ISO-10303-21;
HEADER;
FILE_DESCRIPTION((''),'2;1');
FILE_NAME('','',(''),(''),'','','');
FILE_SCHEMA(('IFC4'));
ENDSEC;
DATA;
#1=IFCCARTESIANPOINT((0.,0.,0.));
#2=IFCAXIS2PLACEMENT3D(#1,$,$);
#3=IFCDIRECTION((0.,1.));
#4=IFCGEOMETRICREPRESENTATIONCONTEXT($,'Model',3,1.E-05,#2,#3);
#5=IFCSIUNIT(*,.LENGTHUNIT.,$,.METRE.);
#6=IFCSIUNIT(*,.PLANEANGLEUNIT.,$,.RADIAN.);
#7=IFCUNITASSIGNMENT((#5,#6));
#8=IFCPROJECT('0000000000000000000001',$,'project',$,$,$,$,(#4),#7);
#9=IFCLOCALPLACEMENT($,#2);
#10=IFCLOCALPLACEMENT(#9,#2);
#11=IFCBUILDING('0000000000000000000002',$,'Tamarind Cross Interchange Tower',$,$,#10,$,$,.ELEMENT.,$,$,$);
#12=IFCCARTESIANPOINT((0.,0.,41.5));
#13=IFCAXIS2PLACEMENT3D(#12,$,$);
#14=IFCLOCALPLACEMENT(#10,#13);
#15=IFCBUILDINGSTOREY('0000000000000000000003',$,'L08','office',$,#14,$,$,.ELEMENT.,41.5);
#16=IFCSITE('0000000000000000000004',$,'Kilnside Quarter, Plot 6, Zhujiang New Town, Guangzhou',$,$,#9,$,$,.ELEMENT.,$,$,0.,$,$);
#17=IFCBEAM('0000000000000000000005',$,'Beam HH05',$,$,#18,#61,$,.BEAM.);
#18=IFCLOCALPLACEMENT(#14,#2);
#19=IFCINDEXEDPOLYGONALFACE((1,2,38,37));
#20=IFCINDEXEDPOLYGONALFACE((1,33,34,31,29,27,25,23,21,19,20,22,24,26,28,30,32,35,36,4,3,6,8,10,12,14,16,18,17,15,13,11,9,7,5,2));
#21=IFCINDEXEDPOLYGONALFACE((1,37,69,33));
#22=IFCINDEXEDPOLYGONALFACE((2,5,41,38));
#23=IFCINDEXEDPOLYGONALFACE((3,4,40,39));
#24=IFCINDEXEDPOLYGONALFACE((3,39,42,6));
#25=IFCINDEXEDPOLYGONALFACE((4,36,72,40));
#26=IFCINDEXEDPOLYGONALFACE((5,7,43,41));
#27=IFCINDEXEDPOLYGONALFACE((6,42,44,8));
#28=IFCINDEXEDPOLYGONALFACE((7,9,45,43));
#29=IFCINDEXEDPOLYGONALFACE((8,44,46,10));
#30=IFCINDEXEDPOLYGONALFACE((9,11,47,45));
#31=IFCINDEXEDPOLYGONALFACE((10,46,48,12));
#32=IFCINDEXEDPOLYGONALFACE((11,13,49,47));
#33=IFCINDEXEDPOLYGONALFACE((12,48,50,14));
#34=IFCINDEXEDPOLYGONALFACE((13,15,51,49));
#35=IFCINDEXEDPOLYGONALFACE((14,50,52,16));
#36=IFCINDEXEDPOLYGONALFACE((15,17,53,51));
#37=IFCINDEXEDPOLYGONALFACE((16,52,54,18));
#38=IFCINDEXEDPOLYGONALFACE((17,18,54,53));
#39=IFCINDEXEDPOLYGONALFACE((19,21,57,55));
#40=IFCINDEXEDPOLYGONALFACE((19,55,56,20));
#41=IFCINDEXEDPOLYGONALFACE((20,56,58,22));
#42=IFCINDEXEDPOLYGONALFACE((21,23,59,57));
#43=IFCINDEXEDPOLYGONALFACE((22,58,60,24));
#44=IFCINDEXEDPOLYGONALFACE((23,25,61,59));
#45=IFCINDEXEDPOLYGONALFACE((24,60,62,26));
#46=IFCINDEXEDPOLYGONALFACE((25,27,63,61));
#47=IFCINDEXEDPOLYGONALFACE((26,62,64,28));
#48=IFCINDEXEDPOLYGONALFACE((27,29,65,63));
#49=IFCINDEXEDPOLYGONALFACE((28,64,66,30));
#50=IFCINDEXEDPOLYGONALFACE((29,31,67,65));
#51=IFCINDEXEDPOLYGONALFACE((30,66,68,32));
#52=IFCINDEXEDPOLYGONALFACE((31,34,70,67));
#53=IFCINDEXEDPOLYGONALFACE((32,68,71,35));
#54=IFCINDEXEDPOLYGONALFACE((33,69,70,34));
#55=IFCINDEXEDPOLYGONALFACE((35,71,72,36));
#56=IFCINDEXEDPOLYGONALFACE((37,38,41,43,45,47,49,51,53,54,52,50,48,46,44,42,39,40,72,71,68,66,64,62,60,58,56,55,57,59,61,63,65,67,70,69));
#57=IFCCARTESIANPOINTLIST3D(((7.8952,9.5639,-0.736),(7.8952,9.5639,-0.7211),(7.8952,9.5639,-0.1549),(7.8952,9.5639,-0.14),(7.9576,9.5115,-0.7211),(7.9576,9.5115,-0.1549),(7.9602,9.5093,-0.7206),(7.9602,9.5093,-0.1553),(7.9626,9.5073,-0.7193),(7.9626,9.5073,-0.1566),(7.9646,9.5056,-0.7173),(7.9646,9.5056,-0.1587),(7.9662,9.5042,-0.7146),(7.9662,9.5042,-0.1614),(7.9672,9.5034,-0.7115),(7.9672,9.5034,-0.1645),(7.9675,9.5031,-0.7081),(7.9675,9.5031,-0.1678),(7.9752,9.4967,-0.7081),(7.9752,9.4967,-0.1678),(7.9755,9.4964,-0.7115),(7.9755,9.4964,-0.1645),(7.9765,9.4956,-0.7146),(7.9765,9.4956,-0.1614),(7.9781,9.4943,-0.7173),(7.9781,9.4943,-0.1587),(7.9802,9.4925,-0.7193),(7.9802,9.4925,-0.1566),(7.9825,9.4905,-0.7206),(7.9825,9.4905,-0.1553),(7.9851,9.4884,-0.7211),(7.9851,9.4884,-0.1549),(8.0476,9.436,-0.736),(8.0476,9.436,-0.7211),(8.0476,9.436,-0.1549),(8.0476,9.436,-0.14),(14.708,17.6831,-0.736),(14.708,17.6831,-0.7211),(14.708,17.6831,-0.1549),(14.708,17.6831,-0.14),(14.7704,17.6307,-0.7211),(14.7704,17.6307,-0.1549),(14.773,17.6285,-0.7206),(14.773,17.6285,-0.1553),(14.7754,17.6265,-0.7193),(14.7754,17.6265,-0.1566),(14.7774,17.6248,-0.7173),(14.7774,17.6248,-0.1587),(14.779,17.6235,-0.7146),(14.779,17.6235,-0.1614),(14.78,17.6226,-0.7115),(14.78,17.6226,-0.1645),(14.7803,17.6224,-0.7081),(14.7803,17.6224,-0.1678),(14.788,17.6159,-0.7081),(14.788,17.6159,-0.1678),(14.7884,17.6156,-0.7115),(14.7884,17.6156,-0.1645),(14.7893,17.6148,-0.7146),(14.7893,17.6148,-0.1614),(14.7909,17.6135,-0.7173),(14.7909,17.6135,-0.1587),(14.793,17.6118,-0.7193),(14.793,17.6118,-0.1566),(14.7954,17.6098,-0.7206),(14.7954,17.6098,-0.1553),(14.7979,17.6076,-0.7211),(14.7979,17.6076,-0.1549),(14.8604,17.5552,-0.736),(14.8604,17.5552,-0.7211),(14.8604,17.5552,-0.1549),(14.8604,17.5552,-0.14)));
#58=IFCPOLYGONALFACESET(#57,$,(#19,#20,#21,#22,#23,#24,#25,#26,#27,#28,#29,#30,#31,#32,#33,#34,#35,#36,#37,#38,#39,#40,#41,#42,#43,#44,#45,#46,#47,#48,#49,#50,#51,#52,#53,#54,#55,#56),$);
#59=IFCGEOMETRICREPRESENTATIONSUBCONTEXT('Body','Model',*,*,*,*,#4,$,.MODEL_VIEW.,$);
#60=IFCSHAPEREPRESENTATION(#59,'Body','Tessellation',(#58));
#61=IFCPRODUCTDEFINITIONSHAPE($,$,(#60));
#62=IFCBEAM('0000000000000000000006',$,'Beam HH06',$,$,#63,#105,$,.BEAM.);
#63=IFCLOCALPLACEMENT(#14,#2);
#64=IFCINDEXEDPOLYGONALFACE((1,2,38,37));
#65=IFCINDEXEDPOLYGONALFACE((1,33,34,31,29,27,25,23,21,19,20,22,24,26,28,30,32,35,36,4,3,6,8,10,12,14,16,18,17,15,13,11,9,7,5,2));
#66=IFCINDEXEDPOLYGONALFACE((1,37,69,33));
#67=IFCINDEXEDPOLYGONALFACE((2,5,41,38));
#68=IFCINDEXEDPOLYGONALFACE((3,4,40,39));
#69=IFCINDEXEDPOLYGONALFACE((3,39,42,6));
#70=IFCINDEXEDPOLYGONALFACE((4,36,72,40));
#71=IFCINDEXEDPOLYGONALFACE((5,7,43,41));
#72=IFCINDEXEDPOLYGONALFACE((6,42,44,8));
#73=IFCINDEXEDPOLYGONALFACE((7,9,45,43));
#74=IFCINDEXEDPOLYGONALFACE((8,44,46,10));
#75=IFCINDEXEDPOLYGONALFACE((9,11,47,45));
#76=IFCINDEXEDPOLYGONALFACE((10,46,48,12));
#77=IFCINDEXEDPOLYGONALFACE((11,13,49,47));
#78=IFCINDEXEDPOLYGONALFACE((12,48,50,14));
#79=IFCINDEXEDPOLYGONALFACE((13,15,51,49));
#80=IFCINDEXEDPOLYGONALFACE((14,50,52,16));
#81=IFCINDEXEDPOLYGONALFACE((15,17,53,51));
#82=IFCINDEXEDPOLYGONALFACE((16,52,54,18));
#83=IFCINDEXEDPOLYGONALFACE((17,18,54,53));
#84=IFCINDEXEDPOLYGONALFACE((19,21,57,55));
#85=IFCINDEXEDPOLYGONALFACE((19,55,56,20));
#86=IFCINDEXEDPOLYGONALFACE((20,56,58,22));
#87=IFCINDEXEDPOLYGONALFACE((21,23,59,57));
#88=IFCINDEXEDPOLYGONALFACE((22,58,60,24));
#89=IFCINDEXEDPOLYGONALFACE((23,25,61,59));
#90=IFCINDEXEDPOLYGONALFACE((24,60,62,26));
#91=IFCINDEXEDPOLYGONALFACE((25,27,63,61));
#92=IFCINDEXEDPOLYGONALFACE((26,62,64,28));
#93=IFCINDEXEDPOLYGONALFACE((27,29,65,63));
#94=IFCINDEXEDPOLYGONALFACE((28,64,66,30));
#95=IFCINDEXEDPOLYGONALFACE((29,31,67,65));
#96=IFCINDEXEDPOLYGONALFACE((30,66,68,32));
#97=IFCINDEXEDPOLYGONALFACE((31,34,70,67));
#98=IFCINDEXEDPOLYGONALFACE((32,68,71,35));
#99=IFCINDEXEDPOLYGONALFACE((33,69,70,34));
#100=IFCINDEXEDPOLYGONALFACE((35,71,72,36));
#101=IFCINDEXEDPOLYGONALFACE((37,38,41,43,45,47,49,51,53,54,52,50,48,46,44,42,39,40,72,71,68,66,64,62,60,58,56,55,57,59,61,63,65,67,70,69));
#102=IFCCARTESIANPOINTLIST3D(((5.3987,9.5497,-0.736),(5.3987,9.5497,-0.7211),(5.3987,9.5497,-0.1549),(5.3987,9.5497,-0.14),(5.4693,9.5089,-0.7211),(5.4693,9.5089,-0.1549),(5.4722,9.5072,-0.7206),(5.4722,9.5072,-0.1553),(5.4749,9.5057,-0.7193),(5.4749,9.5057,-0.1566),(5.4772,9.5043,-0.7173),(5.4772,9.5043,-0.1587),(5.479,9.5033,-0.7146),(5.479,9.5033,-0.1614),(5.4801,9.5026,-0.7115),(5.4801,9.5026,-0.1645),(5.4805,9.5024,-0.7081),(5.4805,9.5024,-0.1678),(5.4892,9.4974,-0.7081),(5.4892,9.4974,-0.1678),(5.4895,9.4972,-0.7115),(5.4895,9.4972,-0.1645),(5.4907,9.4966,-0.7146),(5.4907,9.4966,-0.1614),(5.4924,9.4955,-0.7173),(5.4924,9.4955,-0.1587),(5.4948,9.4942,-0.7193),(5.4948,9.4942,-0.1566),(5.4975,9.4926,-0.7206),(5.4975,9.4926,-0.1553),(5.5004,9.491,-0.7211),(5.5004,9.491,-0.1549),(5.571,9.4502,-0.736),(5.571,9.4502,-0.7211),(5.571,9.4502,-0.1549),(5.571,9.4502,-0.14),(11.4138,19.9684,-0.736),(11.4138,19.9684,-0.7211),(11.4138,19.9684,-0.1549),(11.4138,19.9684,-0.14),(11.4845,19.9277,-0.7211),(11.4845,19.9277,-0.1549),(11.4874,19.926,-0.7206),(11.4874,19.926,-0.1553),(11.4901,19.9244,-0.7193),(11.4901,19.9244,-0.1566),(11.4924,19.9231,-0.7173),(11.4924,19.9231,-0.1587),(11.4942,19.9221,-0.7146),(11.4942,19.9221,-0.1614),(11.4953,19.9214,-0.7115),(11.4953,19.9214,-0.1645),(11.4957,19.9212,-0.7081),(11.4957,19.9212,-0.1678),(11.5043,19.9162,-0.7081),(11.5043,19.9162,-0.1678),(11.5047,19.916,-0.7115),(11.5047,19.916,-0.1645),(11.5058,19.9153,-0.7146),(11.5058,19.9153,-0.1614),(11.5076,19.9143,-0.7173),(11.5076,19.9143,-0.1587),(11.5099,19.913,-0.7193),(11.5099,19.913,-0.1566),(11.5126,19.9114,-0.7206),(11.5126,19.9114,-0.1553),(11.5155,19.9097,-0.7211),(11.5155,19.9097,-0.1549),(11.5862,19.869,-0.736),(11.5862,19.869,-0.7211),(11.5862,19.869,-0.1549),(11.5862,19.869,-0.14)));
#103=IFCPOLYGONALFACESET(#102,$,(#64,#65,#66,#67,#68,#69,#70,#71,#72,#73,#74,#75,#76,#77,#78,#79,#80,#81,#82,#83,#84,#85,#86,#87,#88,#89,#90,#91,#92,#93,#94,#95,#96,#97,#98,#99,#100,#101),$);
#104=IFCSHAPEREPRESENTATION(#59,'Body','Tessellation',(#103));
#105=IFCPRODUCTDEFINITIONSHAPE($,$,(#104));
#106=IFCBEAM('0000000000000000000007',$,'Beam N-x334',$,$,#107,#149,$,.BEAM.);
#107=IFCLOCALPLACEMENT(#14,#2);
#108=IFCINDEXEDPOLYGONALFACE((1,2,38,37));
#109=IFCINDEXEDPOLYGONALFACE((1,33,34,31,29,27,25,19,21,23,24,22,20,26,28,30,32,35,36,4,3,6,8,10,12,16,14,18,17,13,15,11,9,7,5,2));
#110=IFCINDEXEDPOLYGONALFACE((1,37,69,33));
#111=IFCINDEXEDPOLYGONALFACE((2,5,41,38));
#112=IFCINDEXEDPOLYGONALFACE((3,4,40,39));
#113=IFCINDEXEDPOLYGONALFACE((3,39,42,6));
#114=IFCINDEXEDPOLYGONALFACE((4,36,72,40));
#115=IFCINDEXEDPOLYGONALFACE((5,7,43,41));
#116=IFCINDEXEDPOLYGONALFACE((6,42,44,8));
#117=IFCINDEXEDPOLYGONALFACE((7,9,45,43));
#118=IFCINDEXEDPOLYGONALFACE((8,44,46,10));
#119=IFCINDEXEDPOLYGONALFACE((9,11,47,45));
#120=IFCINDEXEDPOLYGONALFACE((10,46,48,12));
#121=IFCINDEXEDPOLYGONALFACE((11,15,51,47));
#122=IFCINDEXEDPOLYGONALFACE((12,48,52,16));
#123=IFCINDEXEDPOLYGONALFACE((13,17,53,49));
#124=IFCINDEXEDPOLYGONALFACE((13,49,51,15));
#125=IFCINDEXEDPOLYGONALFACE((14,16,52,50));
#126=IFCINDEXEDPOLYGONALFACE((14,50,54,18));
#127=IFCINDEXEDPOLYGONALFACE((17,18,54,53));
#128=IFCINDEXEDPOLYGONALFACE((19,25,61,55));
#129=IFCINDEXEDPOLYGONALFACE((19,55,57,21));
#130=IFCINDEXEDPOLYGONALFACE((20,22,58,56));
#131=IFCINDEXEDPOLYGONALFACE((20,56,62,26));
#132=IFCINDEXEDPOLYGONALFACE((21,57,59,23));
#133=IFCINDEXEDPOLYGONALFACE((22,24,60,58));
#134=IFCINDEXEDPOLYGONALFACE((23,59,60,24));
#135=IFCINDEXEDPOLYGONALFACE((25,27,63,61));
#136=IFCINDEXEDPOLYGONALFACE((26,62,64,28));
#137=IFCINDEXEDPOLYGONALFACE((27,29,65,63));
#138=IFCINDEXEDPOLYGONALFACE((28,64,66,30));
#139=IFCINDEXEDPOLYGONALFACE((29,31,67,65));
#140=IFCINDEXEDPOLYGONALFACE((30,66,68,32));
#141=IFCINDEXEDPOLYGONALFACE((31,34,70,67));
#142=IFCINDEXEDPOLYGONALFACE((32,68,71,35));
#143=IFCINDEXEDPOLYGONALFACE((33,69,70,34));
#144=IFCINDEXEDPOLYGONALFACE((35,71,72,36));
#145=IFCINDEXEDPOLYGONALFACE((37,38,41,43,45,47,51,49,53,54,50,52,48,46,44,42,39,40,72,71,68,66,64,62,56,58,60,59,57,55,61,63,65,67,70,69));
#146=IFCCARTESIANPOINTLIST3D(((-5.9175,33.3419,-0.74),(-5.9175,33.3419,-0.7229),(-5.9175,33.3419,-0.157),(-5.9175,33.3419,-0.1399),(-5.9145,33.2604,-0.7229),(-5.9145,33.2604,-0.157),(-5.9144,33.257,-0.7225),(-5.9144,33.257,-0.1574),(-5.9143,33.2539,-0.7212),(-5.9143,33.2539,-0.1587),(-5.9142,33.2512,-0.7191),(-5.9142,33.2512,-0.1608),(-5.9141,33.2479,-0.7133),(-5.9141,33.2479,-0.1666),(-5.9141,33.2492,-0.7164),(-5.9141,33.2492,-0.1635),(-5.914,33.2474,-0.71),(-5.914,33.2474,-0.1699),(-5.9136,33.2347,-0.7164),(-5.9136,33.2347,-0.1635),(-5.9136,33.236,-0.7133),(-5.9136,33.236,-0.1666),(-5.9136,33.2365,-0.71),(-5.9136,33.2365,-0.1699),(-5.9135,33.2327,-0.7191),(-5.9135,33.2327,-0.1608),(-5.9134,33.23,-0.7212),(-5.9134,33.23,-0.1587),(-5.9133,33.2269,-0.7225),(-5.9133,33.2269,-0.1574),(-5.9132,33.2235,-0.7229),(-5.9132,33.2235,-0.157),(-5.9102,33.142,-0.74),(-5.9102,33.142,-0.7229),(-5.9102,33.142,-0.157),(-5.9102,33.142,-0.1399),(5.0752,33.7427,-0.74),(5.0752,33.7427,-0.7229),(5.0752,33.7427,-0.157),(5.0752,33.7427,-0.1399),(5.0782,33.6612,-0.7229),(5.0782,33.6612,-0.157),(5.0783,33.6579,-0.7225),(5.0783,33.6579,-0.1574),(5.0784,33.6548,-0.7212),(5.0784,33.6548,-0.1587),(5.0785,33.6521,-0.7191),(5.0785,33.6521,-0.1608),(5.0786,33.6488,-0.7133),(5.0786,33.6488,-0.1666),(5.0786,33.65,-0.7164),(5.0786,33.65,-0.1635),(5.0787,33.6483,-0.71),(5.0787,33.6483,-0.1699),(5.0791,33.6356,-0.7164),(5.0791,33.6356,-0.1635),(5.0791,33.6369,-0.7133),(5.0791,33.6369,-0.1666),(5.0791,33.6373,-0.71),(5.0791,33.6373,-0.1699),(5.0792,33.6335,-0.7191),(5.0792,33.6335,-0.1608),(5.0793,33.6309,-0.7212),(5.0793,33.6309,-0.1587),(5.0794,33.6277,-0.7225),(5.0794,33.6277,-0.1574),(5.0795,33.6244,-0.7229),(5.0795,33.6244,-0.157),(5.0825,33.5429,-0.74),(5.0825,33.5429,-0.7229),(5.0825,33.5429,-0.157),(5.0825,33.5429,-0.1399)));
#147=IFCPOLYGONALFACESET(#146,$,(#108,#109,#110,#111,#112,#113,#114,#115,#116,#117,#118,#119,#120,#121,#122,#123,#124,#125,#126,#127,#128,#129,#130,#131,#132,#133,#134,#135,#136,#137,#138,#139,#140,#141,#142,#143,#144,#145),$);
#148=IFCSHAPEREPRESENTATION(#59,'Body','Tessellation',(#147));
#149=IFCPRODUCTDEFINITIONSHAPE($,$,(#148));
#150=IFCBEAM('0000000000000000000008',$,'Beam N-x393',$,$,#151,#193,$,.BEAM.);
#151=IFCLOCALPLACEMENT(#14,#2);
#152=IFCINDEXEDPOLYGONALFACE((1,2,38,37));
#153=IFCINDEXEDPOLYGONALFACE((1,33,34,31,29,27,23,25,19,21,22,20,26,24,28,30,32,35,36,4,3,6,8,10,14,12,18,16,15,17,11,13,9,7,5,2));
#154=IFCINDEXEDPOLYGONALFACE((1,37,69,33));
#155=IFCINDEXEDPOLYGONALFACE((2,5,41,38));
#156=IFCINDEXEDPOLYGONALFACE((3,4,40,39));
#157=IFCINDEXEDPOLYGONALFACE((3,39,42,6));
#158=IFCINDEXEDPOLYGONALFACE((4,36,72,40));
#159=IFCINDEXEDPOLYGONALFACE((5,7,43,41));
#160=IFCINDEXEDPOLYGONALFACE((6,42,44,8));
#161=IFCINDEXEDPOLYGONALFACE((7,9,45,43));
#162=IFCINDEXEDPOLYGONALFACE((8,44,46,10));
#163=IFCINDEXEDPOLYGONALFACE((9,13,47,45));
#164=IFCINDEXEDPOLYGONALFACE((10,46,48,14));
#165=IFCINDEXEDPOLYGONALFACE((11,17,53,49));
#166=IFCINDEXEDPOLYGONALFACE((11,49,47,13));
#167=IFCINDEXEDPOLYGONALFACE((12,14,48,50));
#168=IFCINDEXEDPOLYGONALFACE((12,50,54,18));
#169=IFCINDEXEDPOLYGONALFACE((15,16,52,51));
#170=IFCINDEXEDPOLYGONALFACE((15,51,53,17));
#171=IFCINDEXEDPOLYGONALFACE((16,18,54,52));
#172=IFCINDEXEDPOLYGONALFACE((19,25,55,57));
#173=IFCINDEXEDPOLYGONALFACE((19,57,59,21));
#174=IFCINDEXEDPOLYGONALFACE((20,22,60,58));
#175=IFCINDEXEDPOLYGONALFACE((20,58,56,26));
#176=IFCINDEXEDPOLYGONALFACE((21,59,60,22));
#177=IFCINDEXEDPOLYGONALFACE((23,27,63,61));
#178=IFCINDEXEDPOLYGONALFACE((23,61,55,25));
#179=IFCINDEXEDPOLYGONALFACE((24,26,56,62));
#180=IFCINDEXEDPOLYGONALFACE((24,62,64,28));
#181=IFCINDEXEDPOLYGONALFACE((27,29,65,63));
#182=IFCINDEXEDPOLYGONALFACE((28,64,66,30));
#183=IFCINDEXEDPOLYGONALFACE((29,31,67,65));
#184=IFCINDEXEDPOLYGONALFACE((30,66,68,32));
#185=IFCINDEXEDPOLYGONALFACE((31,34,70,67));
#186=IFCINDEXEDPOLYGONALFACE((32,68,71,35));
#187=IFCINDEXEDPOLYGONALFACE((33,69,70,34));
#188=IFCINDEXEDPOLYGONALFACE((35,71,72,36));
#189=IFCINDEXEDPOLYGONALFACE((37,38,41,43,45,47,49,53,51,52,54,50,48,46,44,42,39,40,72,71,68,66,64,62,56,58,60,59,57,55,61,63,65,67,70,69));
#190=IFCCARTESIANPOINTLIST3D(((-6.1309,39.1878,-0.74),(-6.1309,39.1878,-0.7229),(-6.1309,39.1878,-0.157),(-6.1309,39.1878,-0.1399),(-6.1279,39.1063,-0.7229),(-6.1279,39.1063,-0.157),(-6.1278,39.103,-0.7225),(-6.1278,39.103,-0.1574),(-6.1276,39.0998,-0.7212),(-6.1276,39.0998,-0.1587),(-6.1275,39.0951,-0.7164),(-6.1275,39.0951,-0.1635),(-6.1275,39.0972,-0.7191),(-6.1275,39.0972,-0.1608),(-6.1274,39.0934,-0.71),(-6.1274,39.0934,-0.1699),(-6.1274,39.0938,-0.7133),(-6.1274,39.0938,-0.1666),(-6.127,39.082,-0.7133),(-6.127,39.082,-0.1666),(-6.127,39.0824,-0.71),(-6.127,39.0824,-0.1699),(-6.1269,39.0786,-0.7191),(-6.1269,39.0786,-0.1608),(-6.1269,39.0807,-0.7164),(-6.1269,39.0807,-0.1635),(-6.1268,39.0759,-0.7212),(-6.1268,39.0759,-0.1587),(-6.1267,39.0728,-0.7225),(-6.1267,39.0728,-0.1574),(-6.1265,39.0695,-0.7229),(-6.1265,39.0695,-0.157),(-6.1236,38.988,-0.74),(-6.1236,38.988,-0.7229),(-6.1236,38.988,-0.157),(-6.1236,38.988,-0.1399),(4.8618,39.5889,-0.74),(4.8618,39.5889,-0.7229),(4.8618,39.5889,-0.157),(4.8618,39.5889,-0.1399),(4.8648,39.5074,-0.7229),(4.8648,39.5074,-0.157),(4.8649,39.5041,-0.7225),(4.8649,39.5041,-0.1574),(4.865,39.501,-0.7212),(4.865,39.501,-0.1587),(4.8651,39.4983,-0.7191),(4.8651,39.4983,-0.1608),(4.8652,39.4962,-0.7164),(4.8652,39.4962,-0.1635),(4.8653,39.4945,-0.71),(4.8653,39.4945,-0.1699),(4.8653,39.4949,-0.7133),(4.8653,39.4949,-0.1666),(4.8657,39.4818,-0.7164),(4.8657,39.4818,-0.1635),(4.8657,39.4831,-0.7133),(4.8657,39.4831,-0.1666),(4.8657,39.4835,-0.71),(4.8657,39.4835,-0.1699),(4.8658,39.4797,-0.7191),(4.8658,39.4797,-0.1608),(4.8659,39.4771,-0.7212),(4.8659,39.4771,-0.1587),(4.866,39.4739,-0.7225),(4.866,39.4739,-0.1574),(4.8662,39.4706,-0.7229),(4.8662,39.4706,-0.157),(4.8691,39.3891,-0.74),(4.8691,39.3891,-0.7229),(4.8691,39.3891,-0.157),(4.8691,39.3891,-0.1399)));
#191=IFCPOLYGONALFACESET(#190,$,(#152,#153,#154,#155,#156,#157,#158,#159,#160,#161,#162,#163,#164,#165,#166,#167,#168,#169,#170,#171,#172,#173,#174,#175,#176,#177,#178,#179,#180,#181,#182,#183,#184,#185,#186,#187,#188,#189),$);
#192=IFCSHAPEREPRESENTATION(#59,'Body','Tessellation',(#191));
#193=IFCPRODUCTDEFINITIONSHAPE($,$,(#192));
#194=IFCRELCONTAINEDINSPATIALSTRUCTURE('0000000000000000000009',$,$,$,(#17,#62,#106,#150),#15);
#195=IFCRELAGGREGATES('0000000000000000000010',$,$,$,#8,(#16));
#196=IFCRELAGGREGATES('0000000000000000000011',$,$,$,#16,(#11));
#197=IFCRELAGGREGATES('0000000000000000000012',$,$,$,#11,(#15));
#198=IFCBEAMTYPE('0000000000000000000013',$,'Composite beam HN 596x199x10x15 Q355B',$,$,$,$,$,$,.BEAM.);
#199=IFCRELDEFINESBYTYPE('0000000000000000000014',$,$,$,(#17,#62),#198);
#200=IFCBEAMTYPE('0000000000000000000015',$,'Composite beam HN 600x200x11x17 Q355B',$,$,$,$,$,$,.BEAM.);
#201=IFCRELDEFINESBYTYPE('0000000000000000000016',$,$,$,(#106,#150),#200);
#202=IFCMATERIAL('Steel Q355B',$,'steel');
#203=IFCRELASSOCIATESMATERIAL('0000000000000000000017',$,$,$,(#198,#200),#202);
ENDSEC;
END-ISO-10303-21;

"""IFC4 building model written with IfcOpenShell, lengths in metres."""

from ifc_helpers import new_model, si_unit, direction, frame, origin, origin_2d, place, context, subcontext, project, spatial, i_section, extrude, material, material_profile, profile_set, type_object, element, save


model = new_model("IFC4")

# Units and contexts
model_context = context("Model", 3, precision=1e-05, world=origin(), true_north=direction((0.0, 1.0)))
body_context = subcontext(model_context, "Body", "Model", "MODEL_VIEW")
ifc_project = project(units=[si_unit("LENGTHUNIT", "METRE"), si_unit("PLANEANGLEUNIT", "RADIAN")], contexts=[model_context])

# Site, building, storey
site_placement = place(None, origin())
site = spatial("IfcSite", under=ifc_project, at=site_placement, Name="Kilnside Quarter, Plot 6, Zhujiang New Town, Guangzhou", CompositionType="ELEMENT", RefElevation=0.0)
building_placement = place(site_placement, origin())
building = spatial("IfcBuilding", under=site, at=building_placement, Name="Tamarind Cross Interchange Tower", CompositionType="ELEMENT")
storey_placement = place(building_placement, frame((0.0, 0.0, 41.5)))
storey = spatial("IfcBuildingStorey", under=building, at=storey_placement, Name="L08", Description="office", CompositionType="ELEMENT", Elevation=41.5)

# Beams
ifc_material_1 = material(Name="Steel Q355B", Category="steel")
ifc_material_profile_1 = material_profile(ifc_material_1, i_section(OverallWidth=0.199, OverallDepth=0.5959, WebThickness=0.01, FlangeThickness=0.0149, FilletRadius=0.0129, at=origin_2d()), Name="HN 596x199x10x15")
ifc_profile_set_1 = profile_set([ifc_material_profile_1], Name="Steel Q355B")
beam_type_1 = type_object("IfcBeamType", Name="Composite beam HN 596x199x10x15 Q355B", PredefinedType="BEAM", material=ifc_profile_set_1)
beam_1_placement = place(storey_placement, frame((14.7842, 17.6191, -0.438), z_axis=(-0.642786, -0.766046, 0.0), x_axis=(0.766046, -0.642786, 0.0)))
element("IfcBeam", 1, at=beam_1_placement, inside=storey, type_object=beam_type_1, Name="Beam HH05", PredefinedType="BEAM", context=body_context, shape_type="SweptSolid", body=[
    extrude(i_section(OverallWidth=0.199, OverallDepth=0.5959, WebThickness=0.01, FlangeThickness=0.0149, FilletRadius=0.0129, at=origin_2d()), origin(), (0.0, 0.0, 1.0), 10.5989),
])
beam_2_placement = place(storey_placement, frame((11.5, 19.9187, -0.438), z_axis=(-0.499994, -0.866029, 0.0), x_axis=(0.866029, -0.499994, 0.0)))
element("IfcBeam", 2, at=beam_2_placement, inside=storey, type_object=beam_type_1, Name="Beam HH06", PredefinedType="BEAM", context=body_context, shape_type="SweptSolid", body=[
    extrude(i_section(OverallWidth=0.199, OverallDepth=0.5959, WebThickness=0.01, FlangeThickness=0.0149, FilletRadius=0.0129, at=origin_2d()), origin(), (0.0, 0.0, 1.0), 12.0305),
])
ifc_material_profile_2 = material_profile(ifc_material_1, i_section(OverallWidth=0.2, OverallDepth=0.6001, WebThickness=0.011, FlangeThickness=0.0171, FilletRadius=0.0129, at=origin_2d()), Name="HN 600x200x11x17")
ifc_profile_set_2 = profile_set([ifc_material_profile_2], Name="Steel Q355B")
beam_type_2 = type_object("IfcBeamType", Name="Composite beam HN 600x200x11x17 Q355B", PredefinedType="BEAM", material=ifc_profile_set_2)
for number, where, z_axis, x_axis, name in (
    (3, (5.0789, 33.6428, -0.4399), (-0.999336, -0.036444, 0.0), (0.036444, -0.999336, 0.0), "Beam N-x334"),
    (4, (4.8655, 39.489, -0.4399), (-0.999335, -0.036466, 0.0), (0.036466, -0.999335, 0.0), "Beam N-x393"),
):
    element("IfcBeam", number, at=place(storey_placement, frame(where, z_axis=z_axis, x_axis=x_axis)), inside=storey, type_object=beam_type_2, Name=name, PredefinedType="BEAM", context=body_context, shape_type="SweptSolid", body=[
        extrude(i_section(OverallWidth=0.2, OverallDepth=0.6001, WebThickness=0.011, FlangeThickness=0.0171, FilletRadius=0.0129, at=origin_2d()), origin(), (0.0, 0.0, 1.0), 11.0),
    ])

save(model, "model.ifc")
